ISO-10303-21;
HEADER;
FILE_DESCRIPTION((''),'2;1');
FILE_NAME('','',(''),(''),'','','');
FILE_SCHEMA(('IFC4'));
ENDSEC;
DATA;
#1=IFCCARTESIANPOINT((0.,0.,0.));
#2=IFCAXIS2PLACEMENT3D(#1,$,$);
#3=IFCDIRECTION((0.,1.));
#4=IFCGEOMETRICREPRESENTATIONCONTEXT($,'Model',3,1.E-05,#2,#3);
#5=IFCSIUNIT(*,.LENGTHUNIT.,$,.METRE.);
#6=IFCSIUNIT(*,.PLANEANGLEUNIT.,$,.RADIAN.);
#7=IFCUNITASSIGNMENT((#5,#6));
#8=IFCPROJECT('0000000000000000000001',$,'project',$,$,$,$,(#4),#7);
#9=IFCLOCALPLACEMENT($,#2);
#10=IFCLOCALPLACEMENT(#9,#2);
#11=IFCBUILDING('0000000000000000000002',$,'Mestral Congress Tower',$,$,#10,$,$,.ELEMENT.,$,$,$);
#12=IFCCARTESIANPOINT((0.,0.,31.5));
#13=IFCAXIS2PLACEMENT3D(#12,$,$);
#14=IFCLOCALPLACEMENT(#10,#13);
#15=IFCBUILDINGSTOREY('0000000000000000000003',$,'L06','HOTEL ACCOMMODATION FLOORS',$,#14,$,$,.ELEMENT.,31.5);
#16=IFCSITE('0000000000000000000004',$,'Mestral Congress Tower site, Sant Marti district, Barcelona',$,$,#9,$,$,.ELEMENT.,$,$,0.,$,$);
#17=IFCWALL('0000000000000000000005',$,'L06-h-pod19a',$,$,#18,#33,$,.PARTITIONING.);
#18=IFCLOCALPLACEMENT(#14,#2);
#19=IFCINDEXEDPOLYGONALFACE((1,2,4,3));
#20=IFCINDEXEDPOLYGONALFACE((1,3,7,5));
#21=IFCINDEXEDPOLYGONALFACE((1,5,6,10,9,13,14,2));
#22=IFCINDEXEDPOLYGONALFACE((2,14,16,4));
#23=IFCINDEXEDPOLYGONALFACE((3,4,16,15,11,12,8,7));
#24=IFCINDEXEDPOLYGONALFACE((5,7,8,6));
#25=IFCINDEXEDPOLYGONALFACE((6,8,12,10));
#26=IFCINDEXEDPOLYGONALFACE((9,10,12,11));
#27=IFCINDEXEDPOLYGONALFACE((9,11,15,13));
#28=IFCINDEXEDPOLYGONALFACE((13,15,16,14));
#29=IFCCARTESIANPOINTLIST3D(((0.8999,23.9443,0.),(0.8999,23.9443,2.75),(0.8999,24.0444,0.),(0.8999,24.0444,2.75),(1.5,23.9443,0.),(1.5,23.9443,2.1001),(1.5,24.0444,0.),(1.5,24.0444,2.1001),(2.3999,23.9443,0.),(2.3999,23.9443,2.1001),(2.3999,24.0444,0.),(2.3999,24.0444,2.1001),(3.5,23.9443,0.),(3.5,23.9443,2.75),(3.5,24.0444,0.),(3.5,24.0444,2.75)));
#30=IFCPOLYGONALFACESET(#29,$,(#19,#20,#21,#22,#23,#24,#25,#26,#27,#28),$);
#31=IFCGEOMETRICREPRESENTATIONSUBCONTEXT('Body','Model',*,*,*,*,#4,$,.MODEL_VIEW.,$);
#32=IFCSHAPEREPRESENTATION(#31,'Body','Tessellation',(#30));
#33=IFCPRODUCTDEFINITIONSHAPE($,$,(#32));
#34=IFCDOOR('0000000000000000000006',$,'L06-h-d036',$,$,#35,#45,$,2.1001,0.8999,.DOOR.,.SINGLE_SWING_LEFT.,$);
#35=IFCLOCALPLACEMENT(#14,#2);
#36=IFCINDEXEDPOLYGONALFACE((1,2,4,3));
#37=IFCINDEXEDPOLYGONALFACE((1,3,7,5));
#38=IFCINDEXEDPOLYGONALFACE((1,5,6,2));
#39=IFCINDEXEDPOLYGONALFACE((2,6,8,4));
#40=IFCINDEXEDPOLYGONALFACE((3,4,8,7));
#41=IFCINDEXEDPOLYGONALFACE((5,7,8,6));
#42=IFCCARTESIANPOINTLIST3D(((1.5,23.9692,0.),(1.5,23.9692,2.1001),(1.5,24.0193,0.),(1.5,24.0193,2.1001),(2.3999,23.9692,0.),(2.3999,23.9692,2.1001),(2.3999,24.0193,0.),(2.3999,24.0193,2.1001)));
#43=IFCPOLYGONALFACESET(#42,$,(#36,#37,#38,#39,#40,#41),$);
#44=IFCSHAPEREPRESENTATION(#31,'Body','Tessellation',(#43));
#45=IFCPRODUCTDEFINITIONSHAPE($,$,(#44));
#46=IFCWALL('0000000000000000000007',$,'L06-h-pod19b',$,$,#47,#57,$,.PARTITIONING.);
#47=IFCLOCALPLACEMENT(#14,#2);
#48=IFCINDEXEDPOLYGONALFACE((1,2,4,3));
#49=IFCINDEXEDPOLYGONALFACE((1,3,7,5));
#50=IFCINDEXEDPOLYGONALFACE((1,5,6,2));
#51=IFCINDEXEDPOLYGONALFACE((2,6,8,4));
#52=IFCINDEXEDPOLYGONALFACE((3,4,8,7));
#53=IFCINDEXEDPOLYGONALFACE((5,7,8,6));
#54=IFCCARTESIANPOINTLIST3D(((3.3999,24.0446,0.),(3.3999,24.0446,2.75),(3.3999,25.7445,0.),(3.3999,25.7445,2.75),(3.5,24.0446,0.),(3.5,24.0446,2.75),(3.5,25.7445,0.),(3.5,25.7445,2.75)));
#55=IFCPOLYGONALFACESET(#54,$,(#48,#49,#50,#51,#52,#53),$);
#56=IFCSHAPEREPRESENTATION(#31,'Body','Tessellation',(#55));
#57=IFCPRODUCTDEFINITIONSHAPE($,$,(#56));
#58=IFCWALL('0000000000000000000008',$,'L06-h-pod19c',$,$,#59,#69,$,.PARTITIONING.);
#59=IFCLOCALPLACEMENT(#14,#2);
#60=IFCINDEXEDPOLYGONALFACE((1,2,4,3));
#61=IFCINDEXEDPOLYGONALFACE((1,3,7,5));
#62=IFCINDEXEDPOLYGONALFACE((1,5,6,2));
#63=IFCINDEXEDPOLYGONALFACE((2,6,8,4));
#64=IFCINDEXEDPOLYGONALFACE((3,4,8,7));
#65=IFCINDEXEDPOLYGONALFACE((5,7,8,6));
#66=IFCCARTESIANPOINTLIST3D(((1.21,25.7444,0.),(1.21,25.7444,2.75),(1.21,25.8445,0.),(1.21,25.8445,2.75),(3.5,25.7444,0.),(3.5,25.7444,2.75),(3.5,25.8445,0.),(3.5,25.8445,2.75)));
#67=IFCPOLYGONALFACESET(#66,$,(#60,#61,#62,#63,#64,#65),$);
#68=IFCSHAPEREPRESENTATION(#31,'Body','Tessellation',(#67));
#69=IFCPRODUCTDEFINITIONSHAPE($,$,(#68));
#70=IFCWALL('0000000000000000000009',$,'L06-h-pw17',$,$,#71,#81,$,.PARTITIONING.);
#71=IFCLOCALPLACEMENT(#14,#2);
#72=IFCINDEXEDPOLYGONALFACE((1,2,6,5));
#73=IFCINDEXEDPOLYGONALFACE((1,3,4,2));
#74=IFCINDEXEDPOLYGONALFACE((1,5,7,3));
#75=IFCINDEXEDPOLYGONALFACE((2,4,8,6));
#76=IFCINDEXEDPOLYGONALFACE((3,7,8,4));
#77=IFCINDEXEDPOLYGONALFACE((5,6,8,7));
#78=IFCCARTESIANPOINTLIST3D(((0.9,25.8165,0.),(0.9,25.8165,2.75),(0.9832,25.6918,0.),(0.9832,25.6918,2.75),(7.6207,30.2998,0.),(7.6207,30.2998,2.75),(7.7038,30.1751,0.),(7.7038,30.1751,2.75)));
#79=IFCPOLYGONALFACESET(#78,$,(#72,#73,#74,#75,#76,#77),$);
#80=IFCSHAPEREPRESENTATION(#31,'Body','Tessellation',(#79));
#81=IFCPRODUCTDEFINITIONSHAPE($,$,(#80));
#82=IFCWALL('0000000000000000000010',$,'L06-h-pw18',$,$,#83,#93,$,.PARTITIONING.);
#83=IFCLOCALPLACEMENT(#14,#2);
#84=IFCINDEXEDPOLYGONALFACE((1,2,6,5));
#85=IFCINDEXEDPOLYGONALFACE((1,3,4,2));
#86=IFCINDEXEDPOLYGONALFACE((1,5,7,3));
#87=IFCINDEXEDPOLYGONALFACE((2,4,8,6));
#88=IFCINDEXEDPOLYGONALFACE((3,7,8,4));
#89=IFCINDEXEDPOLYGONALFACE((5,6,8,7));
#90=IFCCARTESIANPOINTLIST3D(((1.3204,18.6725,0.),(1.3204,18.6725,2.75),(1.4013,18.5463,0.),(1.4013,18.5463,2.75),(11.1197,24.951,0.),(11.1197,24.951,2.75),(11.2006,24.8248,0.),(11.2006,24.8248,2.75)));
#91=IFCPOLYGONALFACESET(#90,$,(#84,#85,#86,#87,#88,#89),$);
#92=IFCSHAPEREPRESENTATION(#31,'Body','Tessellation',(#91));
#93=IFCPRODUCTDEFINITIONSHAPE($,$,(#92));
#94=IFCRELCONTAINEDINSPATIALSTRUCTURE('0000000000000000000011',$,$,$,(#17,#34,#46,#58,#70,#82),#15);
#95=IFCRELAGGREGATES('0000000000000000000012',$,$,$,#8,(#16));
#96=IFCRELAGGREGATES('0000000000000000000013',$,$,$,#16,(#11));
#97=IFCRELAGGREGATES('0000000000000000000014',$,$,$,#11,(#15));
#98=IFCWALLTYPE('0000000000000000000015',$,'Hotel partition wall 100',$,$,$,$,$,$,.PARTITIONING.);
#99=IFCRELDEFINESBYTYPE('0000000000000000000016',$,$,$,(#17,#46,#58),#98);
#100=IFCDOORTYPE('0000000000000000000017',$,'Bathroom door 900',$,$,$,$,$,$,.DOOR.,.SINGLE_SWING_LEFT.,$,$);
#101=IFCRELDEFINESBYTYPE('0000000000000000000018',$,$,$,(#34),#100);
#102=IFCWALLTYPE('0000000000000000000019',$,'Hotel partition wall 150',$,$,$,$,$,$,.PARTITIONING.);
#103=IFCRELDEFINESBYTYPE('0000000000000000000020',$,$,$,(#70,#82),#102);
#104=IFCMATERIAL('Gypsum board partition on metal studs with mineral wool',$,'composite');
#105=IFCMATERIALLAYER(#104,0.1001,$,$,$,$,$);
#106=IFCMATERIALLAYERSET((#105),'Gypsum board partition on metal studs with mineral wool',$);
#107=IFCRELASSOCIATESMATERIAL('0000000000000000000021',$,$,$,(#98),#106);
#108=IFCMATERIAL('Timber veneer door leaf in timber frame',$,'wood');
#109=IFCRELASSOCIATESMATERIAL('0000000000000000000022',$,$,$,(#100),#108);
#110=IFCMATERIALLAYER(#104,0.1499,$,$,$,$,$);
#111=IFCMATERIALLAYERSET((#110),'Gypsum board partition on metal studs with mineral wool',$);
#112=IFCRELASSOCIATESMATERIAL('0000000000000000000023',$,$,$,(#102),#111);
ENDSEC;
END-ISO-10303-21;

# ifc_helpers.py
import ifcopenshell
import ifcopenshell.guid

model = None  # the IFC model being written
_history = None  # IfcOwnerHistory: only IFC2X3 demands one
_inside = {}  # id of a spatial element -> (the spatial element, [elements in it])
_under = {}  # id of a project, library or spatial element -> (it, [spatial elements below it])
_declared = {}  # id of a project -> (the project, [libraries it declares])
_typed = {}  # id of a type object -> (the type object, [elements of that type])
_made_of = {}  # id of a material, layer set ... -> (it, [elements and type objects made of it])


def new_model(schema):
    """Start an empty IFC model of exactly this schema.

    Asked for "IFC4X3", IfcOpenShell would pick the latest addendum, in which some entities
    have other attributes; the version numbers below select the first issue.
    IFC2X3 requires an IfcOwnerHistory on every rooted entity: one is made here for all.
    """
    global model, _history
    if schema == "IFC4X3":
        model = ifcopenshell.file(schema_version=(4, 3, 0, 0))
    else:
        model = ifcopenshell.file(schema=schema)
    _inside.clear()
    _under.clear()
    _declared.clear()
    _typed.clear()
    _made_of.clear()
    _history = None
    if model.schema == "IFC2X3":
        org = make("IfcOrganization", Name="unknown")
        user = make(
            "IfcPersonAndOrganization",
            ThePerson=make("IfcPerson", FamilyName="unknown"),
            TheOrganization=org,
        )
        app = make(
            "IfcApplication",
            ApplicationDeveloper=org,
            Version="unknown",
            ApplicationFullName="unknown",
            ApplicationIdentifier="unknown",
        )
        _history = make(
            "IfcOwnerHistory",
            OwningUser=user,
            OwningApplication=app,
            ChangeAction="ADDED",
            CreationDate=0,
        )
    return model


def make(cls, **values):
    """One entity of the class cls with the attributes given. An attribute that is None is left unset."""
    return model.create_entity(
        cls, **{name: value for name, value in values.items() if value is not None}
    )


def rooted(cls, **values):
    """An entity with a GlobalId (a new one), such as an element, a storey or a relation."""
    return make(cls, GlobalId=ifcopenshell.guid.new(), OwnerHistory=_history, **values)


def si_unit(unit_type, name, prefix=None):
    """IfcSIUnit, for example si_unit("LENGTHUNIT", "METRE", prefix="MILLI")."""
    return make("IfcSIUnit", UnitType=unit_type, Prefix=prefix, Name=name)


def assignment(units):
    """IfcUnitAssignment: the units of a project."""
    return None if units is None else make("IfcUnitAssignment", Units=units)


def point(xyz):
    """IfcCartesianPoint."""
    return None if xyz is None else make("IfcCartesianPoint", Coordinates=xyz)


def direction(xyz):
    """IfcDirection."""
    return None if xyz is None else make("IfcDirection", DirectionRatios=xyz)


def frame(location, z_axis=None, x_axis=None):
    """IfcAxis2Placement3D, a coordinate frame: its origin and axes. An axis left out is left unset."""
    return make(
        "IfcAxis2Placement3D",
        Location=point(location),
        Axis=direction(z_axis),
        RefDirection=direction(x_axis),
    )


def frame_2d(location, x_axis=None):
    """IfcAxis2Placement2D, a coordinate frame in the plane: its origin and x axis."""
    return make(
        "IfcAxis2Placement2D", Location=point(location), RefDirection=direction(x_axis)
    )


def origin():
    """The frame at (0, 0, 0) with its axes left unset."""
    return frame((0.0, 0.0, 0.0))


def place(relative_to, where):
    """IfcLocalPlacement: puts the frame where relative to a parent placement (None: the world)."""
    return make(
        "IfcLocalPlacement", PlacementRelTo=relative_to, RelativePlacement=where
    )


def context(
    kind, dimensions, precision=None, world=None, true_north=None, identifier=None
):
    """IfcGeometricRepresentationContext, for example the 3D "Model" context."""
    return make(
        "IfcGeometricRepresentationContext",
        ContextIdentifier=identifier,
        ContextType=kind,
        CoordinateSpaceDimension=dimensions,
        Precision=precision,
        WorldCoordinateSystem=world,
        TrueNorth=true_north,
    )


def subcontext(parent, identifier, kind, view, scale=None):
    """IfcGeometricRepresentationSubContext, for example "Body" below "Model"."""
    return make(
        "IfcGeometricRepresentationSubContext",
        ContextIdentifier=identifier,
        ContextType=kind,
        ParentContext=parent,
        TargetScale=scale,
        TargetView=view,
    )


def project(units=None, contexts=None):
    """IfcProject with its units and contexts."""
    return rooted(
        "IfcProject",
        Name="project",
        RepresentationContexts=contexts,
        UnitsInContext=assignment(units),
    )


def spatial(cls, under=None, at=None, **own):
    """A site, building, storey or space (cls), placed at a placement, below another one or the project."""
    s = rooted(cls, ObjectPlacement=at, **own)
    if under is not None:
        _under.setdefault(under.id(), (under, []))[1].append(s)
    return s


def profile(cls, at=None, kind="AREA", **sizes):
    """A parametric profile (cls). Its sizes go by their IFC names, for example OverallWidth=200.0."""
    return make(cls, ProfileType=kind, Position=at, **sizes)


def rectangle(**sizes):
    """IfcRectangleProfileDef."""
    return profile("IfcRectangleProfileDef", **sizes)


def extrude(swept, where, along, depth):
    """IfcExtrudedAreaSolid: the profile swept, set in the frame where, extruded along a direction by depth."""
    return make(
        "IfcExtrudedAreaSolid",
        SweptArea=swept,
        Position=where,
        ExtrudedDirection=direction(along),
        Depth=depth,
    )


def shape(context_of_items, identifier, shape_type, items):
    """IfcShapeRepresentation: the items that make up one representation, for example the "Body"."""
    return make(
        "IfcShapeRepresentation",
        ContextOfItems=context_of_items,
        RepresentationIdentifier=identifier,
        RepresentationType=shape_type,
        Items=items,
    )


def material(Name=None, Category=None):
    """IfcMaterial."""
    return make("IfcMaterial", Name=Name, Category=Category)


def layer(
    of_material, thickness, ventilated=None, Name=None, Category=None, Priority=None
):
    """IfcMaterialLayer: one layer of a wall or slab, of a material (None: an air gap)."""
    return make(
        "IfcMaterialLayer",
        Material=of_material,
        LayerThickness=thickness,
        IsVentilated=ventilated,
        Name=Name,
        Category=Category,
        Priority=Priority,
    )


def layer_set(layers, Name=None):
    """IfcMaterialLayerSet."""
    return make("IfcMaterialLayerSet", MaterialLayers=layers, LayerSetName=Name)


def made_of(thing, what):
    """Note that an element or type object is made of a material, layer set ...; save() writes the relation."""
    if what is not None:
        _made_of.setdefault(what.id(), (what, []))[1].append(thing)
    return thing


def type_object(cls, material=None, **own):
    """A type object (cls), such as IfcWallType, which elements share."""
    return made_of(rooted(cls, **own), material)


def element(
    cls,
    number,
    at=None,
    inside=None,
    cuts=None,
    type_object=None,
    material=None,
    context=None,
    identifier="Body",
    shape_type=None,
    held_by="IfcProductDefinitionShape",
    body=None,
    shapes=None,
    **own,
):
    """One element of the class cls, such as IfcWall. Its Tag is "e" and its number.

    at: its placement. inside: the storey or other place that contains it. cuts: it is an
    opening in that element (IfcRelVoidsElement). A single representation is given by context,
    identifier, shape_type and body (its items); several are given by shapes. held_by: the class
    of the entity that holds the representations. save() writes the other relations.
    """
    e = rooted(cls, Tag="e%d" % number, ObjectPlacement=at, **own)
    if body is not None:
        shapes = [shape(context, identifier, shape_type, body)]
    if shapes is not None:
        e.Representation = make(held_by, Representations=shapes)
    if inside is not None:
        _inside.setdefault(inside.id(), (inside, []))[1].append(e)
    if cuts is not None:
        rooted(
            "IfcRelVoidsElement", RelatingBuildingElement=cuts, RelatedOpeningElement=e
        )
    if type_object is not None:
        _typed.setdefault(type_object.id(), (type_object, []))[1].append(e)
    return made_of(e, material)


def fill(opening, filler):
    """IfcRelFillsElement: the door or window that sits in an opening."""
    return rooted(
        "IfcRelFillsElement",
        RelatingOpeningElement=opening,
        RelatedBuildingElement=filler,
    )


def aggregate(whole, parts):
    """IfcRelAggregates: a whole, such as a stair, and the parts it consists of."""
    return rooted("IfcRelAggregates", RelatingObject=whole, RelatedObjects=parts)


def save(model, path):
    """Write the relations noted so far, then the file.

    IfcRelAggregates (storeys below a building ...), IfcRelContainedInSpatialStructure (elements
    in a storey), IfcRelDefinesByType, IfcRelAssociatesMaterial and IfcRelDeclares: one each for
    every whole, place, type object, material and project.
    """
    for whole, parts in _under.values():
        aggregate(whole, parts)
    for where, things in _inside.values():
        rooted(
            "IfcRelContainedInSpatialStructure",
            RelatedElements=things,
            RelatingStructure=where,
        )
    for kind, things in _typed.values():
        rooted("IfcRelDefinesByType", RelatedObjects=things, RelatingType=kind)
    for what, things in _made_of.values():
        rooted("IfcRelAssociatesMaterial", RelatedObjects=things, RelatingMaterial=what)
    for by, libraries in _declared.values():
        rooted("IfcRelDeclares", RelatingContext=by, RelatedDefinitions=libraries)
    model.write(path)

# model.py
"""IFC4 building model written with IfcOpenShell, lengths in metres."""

from ifc_helpers import new_model, si_unit, direction, frame, frame_2d, origin, place, context, subcontext, project, spatial, rectangle, extrude, material, layer, layer_set, type_object, element, fill, save


model = new_model("IFC4")

# Units and contexts
model_context = context("Model", 3, precision=1e-05, world=origin(), true_north=direction((0.0, 1.0)))
body_context = subcontext(model_context, "Body", "Model", "MODEL_VIEW")
ifc_project = project(units=[si_unit("LENGTHUNIT", "METRE"), si_unit("PLANEANGLEUNIT", "RADIAN")], contexts=[model_context])

# Site, building, storey
site_placement = place(None, origin())
site = spatial("IfcSite", under=ifc_project, at=site_placement, Name="Mestral Congress Tower site, Sant Marti district, Barcelona", CompositionType="ELEMENT", RefElevation=0.0)
building_placement = place(site_placement, origin())
building = spatial("IfcBuilding", under=site, at=building_placement, Name="Mestral Congress Tower", CompositionType="ELEMENT")
storey_placement = place(building_placement, frame((0.0, 0.0, 31.5)))
storey = spatial("IfcBuildingStorey", under=building, at=storey_placement, Name="L06", Description="HOTEL ACCOMMODATION FLOORS", CompositionType="ELEMENT", Elevation=31.5)

# Wall, opening, door
ifc_material_1 = material(Name="Gypsum board partition on metal studs with mineral wool", Category="composite")
ifc_layer_1 = layer(ifc_material_1, 0.1001)
ifc_layer_set_1 = layer_set([ifc_layer_1], Name="Gypsum board partition on metal studs with mineral wool")
wall_type_1 = type_object("IfcWallType", Name="Hotel partition wall 100", PredefinedType="PARTITIONING", material=ifc_layer_set_1)
wall_1_placement = place(storey_placement, frame((0.8999, 23.9944, 0.0), z_axis=(0.0, 0.0, 1.0), x_axis=(1.0, 0.0, 0.0)))
wall_1 = element("IfcWall", 1, at=wall_1_placement, inside=storey, type_object=wall_type_1, Name="L06-h-pod19a", PredefinedType="PARTITIONING", context=body_context, shape_type="SweptSolid", body=[
    extrude(rectangle(XDim=2.6001, YDim=0.1001, at=frame_2d((1.3, 0.0))), origin(), (0.0, 0.0, 1.0), 2.75),
])
opening_1_placement = place(wall_1_placement, frame((0.6001, 0.0, 0.0)))
opening_1 = element("IfcOpeningElement", 2, at=opening_1_placement, cuts=wall_1, PredefinedType="OPENING", context=body_context, shape_type="SweptSolid", body=[
    extrude(rectangle(XDim=0.8999, YDim=2.1001, at=frame_2d((0.45, 1.05))), frame((0.0, 0.0601, 0.0), z_axis=(0.0, -1.0, 0.0), x_axis=(1.0, 0.0, 0.0)), (0.0, 0.0, 1.0), 0.1201),
])
ifc_material_2 = material(Name="Timber veneer door leaf in timber frame", Category="wood")
door_type = type_object("IfcDoorType", Name="Bathroom door 900", OperationType="SINGLE_SWING_LEFT", PredefinedType="DOOR", material=ifc_material_2)
door_placement = place(opening_1_placement, origin())
door = element("IfcDoor", 3, at=door_placement, inside=storey, type_object=door_type, Name="L06-h-d036", OperationType="SINGLE_SWING_LEFT", OverallHeight=2.1001, OverallWidth=0.8999, PredefinedType="DOOR", context=body_context, shape_type="SweptSolid", body=[
    extrude(rectangle(XDim=0.8999, YDim=2.1001, at=frame_2d((0.45, 1.05))), frame((0.0, 0.0249, 0.0), z_axis=(0.0, -1.0, 0.0), x_axis=(1.0, 0.0, 0.0)), (0.0, 0.0, 1.0), 0.05),
])
fill(opening_1, door)

# Walls
wall_2_placement = place(storey_placement, frame((3.45, 24.0444, 0.0), z_axis=(0.0, 0.0, 1.0), x_axis=(0.0, 1.0, 0.0)))
element("IfcWall", 4, at=wall_2_placement, inside=storey, type_object=wall_type_1, Name="L06-h-pod19b", PredefinedType="PARTITIONING", context=body_context, shape_type="SweptSolid", body=[
    extrude(rectangle(XDim=1.7, YDim=0.1001, at=frame_2d((0.8501, 0.0))), origin(), (0.0, 0.0, 1.0), 2.75),
])
wall_3_placement = place(storey_placement, frame((1.21, 25.7944, 0.0), z_axis=(0.0, 0.0, 1.0), x_axis=(1.0, 0.0, 0.0)))
element("IfcWall", 5, at=wall_3_placement, inside=storey, type_object=wall_type_1, Name="L06-h-pod19c", PredefinedType="PARTITIONING", context=body_context, shape_type="SweptSolid", body=[
    extrude(rectangle(XDim=2.29, YDim=0.1001, at=frame_2d((1.145, 0.0))), origin(), (0.0, 0.0, 1.0), 2.75),
])
ifc_layer_2 = layer(ifc_material_1, 0.1499)
ifc_layer_set_2 = layer_set([ifc_layer_2], Name="Gypsum board partition on metal studs with mineral wool")
wall_type_2 = type_object("IfcWallType", Name="Hotel partition wall 150", PredefinedType="PARTITIONING", material=ifc_layer_set_2)
wall_4_placement = place(storey_placement, frame((7.6624, 30.2375, 0.0), z_axis=(0.0, 0.0, 1.0), x_axis=(-0.831883, -0.554951, 0.0)))
element("IfcWall", 6, at=wall_4_placement, inside=storey, type_object=wall_type_2, Name="L06-h-pw17", PredefinedType="PARTITIONING", context=body_context, shape_type="SweptSolid", body=[
    extrude(rectangle(XDim=8.0789, YDim=0.1499, at=frame_2d((4.0396, 0.0))), origin(), (0.0, 0.0, 1.0), 2.75),
])
wall_5_placement = place(storey_placement, frame((11.1602, 24.8879, 0.0), z_axis=(0.0, 0.0, 1.0), x_axis=(-0.841998, -0.53948, 0.0)))
element("IfcWall", 7, at=wall_5_placement, inside=storey, type_object=wall_type_2, Name="L06-h-pw18", PredefinedType="PARTITIONING", context=body_context, shape_type="SweptSolid", body=[
    extrude(rectangle(XDim=11.6382, YDim=0.1499, at=frame_2d((5.8191, 0.0))), origin(), (0.0, 0.0, 1.0), 2.75),
])

save(model, "model.ifc")
